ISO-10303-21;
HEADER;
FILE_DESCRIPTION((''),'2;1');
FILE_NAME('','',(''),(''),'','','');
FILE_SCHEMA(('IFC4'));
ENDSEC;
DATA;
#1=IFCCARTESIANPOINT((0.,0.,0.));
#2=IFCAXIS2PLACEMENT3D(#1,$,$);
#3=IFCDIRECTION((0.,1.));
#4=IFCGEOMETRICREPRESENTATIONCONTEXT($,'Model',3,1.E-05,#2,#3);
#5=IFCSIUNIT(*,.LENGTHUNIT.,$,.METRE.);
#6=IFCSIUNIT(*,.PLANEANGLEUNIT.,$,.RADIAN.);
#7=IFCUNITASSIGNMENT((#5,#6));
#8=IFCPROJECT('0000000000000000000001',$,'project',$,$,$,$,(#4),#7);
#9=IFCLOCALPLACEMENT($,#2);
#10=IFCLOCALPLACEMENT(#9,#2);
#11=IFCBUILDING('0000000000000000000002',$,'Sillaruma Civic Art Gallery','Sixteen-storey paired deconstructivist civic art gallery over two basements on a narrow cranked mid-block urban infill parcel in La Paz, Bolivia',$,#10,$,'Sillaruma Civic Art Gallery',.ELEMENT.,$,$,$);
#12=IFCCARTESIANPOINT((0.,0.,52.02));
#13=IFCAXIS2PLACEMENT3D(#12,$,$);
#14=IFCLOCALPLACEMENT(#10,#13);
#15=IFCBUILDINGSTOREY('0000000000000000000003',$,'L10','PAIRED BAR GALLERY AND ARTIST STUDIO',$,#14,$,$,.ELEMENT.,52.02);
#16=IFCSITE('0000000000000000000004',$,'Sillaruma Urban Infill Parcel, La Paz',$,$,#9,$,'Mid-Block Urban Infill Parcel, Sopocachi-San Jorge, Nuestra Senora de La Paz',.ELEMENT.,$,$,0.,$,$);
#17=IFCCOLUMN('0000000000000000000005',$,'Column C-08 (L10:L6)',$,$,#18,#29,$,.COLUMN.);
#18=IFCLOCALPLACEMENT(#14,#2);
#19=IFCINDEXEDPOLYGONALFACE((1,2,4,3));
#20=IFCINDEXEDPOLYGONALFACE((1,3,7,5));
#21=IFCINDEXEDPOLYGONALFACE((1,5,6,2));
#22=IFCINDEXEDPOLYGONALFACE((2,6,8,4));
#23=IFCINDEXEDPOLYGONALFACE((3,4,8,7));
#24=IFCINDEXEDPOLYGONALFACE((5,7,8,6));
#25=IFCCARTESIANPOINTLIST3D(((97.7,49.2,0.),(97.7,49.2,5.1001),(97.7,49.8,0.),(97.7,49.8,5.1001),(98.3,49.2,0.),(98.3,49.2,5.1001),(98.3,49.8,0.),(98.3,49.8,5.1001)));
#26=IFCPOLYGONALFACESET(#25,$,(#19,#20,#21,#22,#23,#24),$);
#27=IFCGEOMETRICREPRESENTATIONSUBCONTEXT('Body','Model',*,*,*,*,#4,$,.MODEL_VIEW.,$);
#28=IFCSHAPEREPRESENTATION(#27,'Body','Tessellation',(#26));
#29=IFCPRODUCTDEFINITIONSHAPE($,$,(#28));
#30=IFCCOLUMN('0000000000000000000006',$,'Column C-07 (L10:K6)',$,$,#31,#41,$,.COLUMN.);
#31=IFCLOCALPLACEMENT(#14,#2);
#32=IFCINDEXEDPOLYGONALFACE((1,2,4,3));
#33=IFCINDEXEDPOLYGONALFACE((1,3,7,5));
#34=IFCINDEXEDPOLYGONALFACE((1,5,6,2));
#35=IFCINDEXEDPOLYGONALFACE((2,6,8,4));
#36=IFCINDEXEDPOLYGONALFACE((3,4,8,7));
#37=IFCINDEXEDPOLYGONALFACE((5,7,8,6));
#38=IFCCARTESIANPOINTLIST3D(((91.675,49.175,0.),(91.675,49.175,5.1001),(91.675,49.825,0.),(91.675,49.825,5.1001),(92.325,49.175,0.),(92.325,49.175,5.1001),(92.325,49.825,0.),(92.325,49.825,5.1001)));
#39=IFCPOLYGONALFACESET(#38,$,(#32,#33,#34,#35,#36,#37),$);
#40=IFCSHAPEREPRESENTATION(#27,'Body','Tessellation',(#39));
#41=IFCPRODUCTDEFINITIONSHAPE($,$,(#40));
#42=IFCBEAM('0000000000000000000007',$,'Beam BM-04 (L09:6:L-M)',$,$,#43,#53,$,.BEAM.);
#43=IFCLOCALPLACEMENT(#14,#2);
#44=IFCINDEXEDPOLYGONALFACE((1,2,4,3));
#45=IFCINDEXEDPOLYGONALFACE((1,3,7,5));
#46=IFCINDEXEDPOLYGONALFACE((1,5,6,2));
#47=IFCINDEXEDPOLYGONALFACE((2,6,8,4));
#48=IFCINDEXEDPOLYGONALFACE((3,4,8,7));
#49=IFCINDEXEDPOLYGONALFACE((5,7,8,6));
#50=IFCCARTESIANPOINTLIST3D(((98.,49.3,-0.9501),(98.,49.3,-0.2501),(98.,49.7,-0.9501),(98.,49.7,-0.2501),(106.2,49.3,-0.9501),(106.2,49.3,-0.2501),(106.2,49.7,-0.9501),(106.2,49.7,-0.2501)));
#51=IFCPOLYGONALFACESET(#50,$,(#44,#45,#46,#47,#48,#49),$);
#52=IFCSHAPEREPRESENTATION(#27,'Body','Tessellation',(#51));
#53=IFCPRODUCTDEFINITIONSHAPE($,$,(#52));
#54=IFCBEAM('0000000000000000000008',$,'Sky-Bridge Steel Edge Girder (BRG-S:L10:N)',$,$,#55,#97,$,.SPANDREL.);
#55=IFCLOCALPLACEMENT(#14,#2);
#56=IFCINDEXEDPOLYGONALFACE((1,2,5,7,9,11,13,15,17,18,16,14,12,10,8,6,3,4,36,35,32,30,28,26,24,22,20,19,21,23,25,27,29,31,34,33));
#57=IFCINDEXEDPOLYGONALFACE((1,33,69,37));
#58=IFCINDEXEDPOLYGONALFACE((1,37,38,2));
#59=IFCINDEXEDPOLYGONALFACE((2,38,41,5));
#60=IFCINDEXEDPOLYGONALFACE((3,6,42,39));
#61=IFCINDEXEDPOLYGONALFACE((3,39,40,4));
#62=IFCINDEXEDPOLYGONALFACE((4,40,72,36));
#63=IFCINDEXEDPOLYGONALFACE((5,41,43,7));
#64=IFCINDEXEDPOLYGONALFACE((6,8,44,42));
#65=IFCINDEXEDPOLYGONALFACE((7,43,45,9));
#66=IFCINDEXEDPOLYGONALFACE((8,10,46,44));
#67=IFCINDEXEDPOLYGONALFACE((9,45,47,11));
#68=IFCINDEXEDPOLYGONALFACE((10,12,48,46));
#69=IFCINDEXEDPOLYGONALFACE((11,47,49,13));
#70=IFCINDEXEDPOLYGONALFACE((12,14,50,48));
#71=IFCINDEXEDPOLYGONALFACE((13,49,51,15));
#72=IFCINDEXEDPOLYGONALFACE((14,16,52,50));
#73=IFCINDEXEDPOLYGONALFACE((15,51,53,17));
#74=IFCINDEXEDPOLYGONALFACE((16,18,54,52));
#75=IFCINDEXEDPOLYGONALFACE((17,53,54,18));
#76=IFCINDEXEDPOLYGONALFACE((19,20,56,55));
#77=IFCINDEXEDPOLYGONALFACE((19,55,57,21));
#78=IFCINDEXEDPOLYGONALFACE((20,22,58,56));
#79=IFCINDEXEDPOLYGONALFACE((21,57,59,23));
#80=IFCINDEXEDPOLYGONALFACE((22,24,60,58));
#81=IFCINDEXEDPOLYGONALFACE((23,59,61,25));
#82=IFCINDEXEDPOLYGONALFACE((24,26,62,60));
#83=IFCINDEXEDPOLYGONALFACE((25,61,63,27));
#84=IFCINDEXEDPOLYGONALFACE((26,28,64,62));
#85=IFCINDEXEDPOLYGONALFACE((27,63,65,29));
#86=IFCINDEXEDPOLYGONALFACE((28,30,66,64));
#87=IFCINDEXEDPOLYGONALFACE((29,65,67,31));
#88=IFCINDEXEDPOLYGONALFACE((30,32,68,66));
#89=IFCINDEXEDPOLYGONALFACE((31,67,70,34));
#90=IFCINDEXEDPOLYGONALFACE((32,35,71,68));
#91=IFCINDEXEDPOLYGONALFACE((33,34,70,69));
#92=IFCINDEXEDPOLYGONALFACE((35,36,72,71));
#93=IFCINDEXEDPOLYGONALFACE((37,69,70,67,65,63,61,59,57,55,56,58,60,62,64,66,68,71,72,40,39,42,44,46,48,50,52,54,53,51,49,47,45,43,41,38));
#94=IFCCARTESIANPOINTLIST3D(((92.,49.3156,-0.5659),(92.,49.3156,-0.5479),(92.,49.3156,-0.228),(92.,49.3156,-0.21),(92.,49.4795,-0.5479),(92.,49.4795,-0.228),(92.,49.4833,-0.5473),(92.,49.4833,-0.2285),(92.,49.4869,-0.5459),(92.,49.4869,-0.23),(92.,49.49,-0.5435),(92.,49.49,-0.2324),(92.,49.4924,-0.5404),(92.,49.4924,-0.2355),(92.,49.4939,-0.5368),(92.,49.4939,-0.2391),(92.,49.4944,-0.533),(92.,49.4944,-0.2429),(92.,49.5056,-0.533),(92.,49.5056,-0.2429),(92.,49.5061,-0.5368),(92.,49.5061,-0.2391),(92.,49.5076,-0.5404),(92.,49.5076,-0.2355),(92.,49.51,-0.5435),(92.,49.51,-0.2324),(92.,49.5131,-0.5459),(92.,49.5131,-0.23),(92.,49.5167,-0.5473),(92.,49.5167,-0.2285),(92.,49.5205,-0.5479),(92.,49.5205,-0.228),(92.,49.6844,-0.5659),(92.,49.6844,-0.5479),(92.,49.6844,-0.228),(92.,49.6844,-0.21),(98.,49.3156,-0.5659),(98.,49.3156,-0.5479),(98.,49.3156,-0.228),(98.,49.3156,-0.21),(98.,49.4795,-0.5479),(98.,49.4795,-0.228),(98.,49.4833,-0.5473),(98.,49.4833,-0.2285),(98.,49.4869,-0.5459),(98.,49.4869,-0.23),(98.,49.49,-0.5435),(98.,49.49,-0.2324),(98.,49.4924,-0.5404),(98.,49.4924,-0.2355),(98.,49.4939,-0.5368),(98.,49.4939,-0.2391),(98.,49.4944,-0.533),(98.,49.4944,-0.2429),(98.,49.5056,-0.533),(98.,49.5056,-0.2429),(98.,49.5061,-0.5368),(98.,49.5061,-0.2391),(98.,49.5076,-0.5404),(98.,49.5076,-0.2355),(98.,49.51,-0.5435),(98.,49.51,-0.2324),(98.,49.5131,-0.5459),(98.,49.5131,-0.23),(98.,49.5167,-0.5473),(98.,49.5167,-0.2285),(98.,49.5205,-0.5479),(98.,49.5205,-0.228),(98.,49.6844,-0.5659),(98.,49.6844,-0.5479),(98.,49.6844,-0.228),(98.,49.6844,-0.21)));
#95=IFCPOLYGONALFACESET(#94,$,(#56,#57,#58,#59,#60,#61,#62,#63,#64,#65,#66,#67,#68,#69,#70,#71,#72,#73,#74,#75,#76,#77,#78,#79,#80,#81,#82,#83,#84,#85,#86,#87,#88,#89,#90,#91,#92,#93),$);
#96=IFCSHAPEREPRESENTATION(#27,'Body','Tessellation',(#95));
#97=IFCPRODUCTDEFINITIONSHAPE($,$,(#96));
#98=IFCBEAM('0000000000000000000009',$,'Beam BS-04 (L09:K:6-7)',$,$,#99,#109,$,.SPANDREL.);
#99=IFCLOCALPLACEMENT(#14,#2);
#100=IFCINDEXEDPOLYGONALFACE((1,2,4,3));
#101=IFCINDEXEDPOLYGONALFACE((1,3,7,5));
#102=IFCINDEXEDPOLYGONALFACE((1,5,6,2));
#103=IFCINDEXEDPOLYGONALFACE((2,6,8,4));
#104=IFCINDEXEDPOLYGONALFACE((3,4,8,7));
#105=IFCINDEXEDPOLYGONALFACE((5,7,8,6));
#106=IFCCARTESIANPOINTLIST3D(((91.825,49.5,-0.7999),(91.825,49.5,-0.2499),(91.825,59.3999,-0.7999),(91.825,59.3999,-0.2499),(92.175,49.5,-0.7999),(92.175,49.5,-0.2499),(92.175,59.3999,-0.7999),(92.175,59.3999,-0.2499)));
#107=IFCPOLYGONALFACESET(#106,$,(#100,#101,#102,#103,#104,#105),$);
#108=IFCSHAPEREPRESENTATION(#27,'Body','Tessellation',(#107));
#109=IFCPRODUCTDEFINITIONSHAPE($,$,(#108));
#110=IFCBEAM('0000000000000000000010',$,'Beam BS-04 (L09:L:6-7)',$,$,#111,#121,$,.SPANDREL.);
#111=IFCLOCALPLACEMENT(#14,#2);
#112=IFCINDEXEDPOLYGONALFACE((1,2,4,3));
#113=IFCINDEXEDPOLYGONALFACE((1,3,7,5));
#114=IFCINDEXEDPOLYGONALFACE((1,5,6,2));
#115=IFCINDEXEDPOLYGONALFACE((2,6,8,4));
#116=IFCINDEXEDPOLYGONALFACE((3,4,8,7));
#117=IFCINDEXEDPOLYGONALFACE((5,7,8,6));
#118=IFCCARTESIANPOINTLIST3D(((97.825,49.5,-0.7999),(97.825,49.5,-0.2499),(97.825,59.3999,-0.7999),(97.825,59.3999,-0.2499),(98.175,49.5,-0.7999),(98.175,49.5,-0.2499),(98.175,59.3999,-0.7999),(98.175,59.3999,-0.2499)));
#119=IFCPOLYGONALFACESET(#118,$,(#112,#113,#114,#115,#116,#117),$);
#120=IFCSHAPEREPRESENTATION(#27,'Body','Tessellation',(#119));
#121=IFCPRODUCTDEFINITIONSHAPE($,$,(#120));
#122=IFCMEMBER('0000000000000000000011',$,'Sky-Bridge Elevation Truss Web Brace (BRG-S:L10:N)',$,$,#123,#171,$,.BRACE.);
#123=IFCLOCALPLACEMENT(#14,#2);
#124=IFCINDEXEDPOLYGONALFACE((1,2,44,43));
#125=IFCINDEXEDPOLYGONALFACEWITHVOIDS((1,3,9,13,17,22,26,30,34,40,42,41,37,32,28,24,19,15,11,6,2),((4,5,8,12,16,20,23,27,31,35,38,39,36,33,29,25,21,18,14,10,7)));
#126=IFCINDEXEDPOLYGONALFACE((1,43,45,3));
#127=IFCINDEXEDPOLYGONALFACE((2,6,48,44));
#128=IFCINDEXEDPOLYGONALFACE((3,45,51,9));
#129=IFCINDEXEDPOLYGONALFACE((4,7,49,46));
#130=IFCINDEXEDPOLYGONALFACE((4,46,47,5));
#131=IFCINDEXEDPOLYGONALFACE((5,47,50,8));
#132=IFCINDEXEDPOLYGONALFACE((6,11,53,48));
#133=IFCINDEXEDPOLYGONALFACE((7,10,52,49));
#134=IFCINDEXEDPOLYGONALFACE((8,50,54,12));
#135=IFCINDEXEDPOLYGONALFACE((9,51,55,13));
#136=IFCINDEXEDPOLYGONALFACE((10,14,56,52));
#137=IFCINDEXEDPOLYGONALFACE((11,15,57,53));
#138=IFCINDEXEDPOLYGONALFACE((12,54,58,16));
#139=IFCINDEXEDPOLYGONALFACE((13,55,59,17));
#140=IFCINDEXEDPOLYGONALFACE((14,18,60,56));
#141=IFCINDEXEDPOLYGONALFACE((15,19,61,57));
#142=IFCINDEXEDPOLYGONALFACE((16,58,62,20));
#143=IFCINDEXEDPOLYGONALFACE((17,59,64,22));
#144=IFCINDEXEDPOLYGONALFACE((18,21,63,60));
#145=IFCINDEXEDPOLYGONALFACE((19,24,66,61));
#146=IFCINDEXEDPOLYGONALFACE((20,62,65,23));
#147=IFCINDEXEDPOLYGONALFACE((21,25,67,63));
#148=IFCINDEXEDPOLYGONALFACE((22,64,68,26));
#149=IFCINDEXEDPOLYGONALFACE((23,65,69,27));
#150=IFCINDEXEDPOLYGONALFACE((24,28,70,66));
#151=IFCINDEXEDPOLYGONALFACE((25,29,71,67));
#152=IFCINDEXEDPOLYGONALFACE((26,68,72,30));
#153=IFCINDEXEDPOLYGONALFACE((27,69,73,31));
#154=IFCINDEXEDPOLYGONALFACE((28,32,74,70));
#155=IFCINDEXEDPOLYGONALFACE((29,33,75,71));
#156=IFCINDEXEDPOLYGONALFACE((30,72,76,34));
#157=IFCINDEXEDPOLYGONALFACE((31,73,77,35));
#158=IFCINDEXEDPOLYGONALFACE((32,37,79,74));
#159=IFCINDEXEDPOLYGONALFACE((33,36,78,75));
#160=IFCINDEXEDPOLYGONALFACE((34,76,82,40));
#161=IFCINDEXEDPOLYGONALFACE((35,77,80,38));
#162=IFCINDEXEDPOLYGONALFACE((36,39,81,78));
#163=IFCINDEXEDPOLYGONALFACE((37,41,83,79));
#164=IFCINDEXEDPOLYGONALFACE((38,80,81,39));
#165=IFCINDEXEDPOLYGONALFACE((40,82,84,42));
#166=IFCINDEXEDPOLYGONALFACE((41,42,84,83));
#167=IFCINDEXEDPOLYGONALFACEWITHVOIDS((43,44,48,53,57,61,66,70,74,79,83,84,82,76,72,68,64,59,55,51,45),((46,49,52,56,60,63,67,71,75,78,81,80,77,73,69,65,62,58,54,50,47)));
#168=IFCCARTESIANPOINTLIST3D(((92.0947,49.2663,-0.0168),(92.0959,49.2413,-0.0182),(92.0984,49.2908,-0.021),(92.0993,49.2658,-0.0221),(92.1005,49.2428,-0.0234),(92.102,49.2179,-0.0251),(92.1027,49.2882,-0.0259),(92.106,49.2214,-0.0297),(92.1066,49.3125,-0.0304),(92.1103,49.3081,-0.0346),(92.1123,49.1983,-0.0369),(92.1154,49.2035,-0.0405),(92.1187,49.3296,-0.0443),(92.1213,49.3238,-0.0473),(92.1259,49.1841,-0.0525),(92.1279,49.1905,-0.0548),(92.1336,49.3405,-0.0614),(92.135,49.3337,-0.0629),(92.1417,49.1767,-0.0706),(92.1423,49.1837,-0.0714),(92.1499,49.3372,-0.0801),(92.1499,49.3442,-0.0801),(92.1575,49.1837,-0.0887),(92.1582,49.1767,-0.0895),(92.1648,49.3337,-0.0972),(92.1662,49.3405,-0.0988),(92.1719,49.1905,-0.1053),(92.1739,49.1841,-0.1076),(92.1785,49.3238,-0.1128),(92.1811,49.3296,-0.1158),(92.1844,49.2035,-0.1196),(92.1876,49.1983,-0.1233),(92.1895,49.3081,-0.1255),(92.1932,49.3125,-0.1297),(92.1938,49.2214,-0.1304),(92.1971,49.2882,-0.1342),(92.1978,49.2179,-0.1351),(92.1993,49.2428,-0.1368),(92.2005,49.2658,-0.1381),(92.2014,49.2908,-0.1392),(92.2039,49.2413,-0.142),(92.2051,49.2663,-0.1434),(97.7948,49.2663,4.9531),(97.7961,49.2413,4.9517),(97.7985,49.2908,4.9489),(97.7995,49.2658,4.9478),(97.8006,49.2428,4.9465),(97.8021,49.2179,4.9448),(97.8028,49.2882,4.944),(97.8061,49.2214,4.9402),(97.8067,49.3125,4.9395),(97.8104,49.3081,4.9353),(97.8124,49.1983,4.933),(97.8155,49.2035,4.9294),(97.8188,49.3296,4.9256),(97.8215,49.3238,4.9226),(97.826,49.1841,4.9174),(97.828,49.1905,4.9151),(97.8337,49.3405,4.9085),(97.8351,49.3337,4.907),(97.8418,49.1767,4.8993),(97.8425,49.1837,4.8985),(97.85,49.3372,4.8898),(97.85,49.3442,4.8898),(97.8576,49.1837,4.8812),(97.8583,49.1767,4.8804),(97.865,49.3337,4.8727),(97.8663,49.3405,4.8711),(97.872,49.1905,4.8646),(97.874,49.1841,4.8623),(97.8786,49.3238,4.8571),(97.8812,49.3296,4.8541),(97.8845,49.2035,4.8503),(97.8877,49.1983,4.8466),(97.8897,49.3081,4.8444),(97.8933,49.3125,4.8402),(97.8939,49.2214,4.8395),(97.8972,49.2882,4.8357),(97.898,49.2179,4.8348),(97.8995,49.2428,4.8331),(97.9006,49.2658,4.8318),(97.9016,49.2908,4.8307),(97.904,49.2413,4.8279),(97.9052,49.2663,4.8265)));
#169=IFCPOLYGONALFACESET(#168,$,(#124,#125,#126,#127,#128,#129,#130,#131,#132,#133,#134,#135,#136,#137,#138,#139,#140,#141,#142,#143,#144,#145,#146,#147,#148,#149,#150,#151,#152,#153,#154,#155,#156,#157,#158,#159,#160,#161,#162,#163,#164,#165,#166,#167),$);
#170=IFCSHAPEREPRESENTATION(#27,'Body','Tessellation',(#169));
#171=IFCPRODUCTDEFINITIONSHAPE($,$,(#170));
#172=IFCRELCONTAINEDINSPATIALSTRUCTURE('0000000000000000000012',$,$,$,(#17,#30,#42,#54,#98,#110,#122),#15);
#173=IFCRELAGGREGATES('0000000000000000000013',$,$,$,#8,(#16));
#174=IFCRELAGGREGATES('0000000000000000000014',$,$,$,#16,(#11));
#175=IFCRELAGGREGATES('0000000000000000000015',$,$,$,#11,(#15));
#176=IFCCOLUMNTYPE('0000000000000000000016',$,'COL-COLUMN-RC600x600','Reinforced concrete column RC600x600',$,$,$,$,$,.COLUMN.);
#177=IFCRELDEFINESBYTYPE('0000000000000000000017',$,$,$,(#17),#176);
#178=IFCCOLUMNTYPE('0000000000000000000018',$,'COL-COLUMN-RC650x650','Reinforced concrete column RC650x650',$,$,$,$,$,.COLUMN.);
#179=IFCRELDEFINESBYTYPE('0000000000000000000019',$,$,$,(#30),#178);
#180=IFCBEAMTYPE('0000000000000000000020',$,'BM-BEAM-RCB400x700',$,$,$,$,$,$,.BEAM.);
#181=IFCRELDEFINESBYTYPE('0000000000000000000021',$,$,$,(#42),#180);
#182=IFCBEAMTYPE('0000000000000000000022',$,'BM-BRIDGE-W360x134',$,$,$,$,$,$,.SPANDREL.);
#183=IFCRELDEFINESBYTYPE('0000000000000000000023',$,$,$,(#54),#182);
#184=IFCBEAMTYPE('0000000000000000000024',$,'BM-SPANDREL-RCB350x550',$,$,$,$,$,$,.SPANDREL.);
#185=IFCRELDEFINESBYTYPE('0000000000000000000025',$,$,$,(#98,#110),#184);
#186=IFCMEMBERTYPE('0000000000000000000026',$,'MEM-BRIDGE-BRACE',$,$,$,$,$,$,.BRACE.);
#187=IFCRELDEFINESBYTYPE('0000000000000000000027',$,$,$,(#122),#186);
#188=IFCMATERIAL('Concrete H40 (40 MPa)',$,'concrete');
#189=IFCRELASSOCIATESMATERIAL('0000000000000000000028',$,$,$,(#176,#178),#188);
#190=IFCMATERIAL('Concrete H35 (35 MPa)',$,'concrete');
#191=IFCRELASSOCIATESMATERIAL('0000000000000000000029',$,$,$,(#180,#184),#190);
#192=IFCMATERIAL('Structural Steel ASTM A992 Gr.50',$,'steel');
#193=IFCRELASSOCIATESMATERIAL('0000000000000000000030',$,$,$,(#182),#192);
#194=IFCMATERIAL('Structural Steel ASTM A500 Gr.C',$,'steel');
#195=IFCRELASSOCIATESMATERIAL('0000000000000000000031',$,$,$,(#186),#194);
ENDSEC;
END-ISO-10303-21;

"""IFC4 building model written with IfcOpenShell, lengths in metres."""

from ifc_helpers import new_model, si_unit, direction, frame, origin, origin_2d, place, context, subcontext, project, spatial, rectangle, hollow_circle, i_section, extrude, material, material_profile, profile_set, type_object, element, save


model = new_model("IFC4")

# Units and contexts
model_context = context("Model", 3, precision=1e-05, world=origin(), true_north=direction((0.0, 1.0)))
body_context = subcontext(model_context, "Body", "Model", "MODEL_VIEW")
ifc_project = project(units=[si_unit("LENGTHUNIT", "METRE"), si_unit("PLANEANGLEUNIT", "RADIAN")], contexts=[model_context])

# Site, building, storey
site_placement = place(None, origin())
site = spatial("IfcSite", under=ifc_project, at=site_placement, Name="Sillaruma Urban Infill Parcel, La Paz", LongName="Mid-Block Urban Infill Parcel, Sopocachi-San Jorge, Nuestra Senora de La Paz", CompositionType="ELEMENT", RefElevation=0.0)
building_placement = place(site_placement, origin())
building = spatial("IfcBuilding", under=site, at=building_placement, Name="Sillaruma Civic Art Gallery", Description="Sixteen-storey paired deconstructivist civic art gallery over two basements on a narrow cranked mid-block urban infill parcel in La Paz, Bolivia", LongName="Sillaruma Civic Art Gallery", CompositionType="ELEMENT")
storey_placement = place(building_placement, frame((0.0, 0.0, 52.02)))
storey = spatial("IfcBuildingStorey", under=building, at=storey_placement, Name="L10", Description="PAIRED BAR GALLERY AND ARTIST STUDIO", CompositionType="ELEMENT", Elevation=52.02)

# Columns
ifc_material_1 = material(Name="Concrete H40 (40 MPa)", Category="concrete")
ifc_material_profile_1 = material_profile(ifc_material_1, rectangle(XDim=0.6001, YDim=0.6001, at=origin_2d()), Name="RC600x600")
ifc_profile_set_1 = profile_set([ifc_material_profile_1], Name="Concrete H40 (40 MPa)")
column_type_1 = type_object("IfcColumnType", Name="COL-COLUMN-RC600x600", Description="Reinforced concrete column RC600x600", PredefinedType="COLUMN", material=ifc_profile_set_1)
column_1_placement = place(storey_placement, frame((98.0, 49.5, 0.0), z_axis=(0.0, 0.0, 1.0), x_axis=(1.0, 0.0, 0.0)))
element("IfcColumn", 1, at=column_1_placement, inside=storey, type_object=column_type_1, Name="Column C-08 (L10:L6)", PredefinedType="COLUMN", context=body_context, shape_type="SweptSolid", body=[
    extrude(rectangle(XDim=0.6001, YDim=0.6001, at=origin_2d()), origin(), (0.0, 0.0, 1.0), 5.1001),
])
ifc_material_profile_2 = material_profile(ifc_material_1, rectangle(XDim=0.6499, YDim=0.6499, at=origin_2d()), Name="RC650x650")
ifc_profile_set_2 = profile_set([ifc_material_profile_2], Name="Concrete H40 (40 MPa)")
column_type_2 = type_object("IfcColumnType", Name="COL-COLUMN-RC650x650", Description="Reinforced concrete column RC650x650", PredefinedType="COLUMN", material=ifc_profile_set_2)
column_2_placement = place(storey_placement, frame((92.0, 49.5, 0.0), z_axis=(0.0, 0.0, 1.0), x_axis=(1.0, 0.0, 0.0)))
element("IfcColumn", 2, at=column_2_placement, inside=storey, type_object=column_type_2, Name="Column C-07 (L10:K6)", PredefinedType="COLUMN", context=body_context, shape_type="SweptSolid", body=[
    extrude(rectangle(XDim=0.6499, YDim=0.6499, at=origin_2d()), origin(), (0.0, 0.0, 1.0), 5.1001),
])

# Beams
ifc_material_2 = material(Name="Concrete H35 (35 MPa)", Category="concrete")
ifc_material_profile_3 = material_profile(ifc_material_2, rectangle(XDim=0.3999, YDim=0.7, at=origin_2d()), Name="RCB400x700")
ifc_profile_set_3 = profile_set([ifc_material_profile_3], Name="Concrete H35 (35 MPa)")
beam_type_1 = type_object("IfcBeamType", Name="BM-BEAM-RCB400x700", PredefinedType="BEAM", material=ifc_profile_set_3)
beam_1_placement = place(storey_placement, frame((98.0, 49.5, -0.6001), z_axis=(1.0, 0.0, 0.0), x_axis=(0.0, 1.0, 0.0)))
element("IfcBeam", 3, at=beam_1_placement, inside=storey, type_object=beam_type_1, Name="Beam BM-04 (L09:6:L-M)", PredefinedType="BEAM", context=body_context, shape_type="SweptSolid", body=[
    extrude(rectangle(XDim=0.3999, YDim=0.7, at=origin_2d()), origin(), (0.0, 0.0, 1.0), 8.2),
])
ifc_material_3 = material(Name="Structural Steel ASTM A992 Gr.50", Category="steel")
ifc_material_profile_4 = material_profile(ifc_material_3, i_section(OverallWidth=0.3689, OverallDepth=0.356, WebThickness=0.0112, FlangeThickness=0.0181, FilletRadius=0.0149, at=origin_2d()), Name="W360x134")
ifc_profile_set_4 = profile_set([ifc_material_profile_4], Name="Structural Steel ASTM A992 Gr.50")
beam_type_2 = type_object("IfcBeamType", Name="BM-BRIDGE-W360x134", PredefinedType="SPANDREL", material=ifc_profile_set_4)
beam_2_placement = place(storey_placement, frame((92.0, 49.5, -0.3879), z_axis=(1.0, 0.0, 0.0), x_axis=(0.0, 1.0, 0.0)))
element("IfcBeam", 4, at=beam_2_placement, inside=storey, type_object=beam_type_2, Name="Sky-Bridge Steel Edge Girder (BRG-S:L10:N)", PredefinedType="SPANDREL", context=body_context, shape_type="SweptSolid", body=[
    extrude(i_section(OverallWidth=0.3689, OverallDepth=0.356, WebThickness=0.0112, FlangeThickness=0.0181, FilletRadius=0.0149, at=origin_2d()), origin(), (0.0, 0.0, 1.0), 6.0),
])
ifc_material_profile_5 = material_profile(ifc_material_2, rectangle(XDim=0.3501, YDim=0.55, at=origin_2d()), Name="RCB350x550")
ifc_profile_set_5 = profile_set([ifc_material_profile_5], Name="Concrete H35 (35 MPa)")
beam_type_3 = type_object("IfcBeamType", Name="BM-SPANDREL-RCB350x550", PredefinedType="SPANDREL", material=ifc_profile_set_5)
for number, where, z_axis, x_axis, name in (
    (5, (92.0, 49.5, -0.5249), (0.0, 1.0, 0.0), (-1.0, 0.0, 0.0), "Beam BS-04 (L09:K:6-7)"),
    (6, (98.0, 49.5, -0.5249), (0.0, 1.0, 0.0), (-1.0, 0.0, 0.0), "Beam BS-04 (L09:L:6-7)"),
):
    element("IfcBeam", number, at=place(storey_placement, frame(where, z_axis=z_axis, x_axis=x_axis)), inside=storey, type_object=beam_type_3, Name=name, PredefinedType="SPANDREL", context=body_context, shape_type="SweptSolid", body=[
        extrude(rectangle(XDim=0.3501, YDim=0.55, at=origin_2d()), origin(), (0.0, 0.0, 1.0), 9.8999),
    ])

# Member
ifc_material_4 = material(Name="Structural Steel ASTM A500 Gr.C", Category="steel")
ifc_material_profile_6 = material_profile(ifc_material_4, hollow_circle(Radius=0.0842, WallThickness=0.0071, at=origin_2d()), Name="CHS168.3x7.1")
ifc_profile_set_6 = profile_set([ifc_material_profile_6], Name="Structural Steel ASTM A500 Gr.C")
member_type_1 = type_object("IfcMemberType", Name="MEM-BRIDGE-BRACE", PredefinedType="BRACE", material=ifc_profile_set_6)
member_1_placement = place(storey_placement, frame((92.1499, 49.26, -0.0801), z_axis=(0.753735, 0.0, 0.657178), x_axis=(0.0, 1.0, 0.0)))
element("IfcMember", 7, at=member_1_placement, inside=storey, type_object=member_type_1, Name="Sky-Bridge Elevation Truss Web Brace (BRG-S:L10:N)", PredefinedType="BRACE", context=body_context, shape_type="SweptSolid", body=[
    extrude(hollow_circle(Radius=0.0842, WallThickness=0.0071, at=origin_2d()), origin(), (0.0, 0.0, 1.0), 7.5625),
])

save(model, "model.ifc")
